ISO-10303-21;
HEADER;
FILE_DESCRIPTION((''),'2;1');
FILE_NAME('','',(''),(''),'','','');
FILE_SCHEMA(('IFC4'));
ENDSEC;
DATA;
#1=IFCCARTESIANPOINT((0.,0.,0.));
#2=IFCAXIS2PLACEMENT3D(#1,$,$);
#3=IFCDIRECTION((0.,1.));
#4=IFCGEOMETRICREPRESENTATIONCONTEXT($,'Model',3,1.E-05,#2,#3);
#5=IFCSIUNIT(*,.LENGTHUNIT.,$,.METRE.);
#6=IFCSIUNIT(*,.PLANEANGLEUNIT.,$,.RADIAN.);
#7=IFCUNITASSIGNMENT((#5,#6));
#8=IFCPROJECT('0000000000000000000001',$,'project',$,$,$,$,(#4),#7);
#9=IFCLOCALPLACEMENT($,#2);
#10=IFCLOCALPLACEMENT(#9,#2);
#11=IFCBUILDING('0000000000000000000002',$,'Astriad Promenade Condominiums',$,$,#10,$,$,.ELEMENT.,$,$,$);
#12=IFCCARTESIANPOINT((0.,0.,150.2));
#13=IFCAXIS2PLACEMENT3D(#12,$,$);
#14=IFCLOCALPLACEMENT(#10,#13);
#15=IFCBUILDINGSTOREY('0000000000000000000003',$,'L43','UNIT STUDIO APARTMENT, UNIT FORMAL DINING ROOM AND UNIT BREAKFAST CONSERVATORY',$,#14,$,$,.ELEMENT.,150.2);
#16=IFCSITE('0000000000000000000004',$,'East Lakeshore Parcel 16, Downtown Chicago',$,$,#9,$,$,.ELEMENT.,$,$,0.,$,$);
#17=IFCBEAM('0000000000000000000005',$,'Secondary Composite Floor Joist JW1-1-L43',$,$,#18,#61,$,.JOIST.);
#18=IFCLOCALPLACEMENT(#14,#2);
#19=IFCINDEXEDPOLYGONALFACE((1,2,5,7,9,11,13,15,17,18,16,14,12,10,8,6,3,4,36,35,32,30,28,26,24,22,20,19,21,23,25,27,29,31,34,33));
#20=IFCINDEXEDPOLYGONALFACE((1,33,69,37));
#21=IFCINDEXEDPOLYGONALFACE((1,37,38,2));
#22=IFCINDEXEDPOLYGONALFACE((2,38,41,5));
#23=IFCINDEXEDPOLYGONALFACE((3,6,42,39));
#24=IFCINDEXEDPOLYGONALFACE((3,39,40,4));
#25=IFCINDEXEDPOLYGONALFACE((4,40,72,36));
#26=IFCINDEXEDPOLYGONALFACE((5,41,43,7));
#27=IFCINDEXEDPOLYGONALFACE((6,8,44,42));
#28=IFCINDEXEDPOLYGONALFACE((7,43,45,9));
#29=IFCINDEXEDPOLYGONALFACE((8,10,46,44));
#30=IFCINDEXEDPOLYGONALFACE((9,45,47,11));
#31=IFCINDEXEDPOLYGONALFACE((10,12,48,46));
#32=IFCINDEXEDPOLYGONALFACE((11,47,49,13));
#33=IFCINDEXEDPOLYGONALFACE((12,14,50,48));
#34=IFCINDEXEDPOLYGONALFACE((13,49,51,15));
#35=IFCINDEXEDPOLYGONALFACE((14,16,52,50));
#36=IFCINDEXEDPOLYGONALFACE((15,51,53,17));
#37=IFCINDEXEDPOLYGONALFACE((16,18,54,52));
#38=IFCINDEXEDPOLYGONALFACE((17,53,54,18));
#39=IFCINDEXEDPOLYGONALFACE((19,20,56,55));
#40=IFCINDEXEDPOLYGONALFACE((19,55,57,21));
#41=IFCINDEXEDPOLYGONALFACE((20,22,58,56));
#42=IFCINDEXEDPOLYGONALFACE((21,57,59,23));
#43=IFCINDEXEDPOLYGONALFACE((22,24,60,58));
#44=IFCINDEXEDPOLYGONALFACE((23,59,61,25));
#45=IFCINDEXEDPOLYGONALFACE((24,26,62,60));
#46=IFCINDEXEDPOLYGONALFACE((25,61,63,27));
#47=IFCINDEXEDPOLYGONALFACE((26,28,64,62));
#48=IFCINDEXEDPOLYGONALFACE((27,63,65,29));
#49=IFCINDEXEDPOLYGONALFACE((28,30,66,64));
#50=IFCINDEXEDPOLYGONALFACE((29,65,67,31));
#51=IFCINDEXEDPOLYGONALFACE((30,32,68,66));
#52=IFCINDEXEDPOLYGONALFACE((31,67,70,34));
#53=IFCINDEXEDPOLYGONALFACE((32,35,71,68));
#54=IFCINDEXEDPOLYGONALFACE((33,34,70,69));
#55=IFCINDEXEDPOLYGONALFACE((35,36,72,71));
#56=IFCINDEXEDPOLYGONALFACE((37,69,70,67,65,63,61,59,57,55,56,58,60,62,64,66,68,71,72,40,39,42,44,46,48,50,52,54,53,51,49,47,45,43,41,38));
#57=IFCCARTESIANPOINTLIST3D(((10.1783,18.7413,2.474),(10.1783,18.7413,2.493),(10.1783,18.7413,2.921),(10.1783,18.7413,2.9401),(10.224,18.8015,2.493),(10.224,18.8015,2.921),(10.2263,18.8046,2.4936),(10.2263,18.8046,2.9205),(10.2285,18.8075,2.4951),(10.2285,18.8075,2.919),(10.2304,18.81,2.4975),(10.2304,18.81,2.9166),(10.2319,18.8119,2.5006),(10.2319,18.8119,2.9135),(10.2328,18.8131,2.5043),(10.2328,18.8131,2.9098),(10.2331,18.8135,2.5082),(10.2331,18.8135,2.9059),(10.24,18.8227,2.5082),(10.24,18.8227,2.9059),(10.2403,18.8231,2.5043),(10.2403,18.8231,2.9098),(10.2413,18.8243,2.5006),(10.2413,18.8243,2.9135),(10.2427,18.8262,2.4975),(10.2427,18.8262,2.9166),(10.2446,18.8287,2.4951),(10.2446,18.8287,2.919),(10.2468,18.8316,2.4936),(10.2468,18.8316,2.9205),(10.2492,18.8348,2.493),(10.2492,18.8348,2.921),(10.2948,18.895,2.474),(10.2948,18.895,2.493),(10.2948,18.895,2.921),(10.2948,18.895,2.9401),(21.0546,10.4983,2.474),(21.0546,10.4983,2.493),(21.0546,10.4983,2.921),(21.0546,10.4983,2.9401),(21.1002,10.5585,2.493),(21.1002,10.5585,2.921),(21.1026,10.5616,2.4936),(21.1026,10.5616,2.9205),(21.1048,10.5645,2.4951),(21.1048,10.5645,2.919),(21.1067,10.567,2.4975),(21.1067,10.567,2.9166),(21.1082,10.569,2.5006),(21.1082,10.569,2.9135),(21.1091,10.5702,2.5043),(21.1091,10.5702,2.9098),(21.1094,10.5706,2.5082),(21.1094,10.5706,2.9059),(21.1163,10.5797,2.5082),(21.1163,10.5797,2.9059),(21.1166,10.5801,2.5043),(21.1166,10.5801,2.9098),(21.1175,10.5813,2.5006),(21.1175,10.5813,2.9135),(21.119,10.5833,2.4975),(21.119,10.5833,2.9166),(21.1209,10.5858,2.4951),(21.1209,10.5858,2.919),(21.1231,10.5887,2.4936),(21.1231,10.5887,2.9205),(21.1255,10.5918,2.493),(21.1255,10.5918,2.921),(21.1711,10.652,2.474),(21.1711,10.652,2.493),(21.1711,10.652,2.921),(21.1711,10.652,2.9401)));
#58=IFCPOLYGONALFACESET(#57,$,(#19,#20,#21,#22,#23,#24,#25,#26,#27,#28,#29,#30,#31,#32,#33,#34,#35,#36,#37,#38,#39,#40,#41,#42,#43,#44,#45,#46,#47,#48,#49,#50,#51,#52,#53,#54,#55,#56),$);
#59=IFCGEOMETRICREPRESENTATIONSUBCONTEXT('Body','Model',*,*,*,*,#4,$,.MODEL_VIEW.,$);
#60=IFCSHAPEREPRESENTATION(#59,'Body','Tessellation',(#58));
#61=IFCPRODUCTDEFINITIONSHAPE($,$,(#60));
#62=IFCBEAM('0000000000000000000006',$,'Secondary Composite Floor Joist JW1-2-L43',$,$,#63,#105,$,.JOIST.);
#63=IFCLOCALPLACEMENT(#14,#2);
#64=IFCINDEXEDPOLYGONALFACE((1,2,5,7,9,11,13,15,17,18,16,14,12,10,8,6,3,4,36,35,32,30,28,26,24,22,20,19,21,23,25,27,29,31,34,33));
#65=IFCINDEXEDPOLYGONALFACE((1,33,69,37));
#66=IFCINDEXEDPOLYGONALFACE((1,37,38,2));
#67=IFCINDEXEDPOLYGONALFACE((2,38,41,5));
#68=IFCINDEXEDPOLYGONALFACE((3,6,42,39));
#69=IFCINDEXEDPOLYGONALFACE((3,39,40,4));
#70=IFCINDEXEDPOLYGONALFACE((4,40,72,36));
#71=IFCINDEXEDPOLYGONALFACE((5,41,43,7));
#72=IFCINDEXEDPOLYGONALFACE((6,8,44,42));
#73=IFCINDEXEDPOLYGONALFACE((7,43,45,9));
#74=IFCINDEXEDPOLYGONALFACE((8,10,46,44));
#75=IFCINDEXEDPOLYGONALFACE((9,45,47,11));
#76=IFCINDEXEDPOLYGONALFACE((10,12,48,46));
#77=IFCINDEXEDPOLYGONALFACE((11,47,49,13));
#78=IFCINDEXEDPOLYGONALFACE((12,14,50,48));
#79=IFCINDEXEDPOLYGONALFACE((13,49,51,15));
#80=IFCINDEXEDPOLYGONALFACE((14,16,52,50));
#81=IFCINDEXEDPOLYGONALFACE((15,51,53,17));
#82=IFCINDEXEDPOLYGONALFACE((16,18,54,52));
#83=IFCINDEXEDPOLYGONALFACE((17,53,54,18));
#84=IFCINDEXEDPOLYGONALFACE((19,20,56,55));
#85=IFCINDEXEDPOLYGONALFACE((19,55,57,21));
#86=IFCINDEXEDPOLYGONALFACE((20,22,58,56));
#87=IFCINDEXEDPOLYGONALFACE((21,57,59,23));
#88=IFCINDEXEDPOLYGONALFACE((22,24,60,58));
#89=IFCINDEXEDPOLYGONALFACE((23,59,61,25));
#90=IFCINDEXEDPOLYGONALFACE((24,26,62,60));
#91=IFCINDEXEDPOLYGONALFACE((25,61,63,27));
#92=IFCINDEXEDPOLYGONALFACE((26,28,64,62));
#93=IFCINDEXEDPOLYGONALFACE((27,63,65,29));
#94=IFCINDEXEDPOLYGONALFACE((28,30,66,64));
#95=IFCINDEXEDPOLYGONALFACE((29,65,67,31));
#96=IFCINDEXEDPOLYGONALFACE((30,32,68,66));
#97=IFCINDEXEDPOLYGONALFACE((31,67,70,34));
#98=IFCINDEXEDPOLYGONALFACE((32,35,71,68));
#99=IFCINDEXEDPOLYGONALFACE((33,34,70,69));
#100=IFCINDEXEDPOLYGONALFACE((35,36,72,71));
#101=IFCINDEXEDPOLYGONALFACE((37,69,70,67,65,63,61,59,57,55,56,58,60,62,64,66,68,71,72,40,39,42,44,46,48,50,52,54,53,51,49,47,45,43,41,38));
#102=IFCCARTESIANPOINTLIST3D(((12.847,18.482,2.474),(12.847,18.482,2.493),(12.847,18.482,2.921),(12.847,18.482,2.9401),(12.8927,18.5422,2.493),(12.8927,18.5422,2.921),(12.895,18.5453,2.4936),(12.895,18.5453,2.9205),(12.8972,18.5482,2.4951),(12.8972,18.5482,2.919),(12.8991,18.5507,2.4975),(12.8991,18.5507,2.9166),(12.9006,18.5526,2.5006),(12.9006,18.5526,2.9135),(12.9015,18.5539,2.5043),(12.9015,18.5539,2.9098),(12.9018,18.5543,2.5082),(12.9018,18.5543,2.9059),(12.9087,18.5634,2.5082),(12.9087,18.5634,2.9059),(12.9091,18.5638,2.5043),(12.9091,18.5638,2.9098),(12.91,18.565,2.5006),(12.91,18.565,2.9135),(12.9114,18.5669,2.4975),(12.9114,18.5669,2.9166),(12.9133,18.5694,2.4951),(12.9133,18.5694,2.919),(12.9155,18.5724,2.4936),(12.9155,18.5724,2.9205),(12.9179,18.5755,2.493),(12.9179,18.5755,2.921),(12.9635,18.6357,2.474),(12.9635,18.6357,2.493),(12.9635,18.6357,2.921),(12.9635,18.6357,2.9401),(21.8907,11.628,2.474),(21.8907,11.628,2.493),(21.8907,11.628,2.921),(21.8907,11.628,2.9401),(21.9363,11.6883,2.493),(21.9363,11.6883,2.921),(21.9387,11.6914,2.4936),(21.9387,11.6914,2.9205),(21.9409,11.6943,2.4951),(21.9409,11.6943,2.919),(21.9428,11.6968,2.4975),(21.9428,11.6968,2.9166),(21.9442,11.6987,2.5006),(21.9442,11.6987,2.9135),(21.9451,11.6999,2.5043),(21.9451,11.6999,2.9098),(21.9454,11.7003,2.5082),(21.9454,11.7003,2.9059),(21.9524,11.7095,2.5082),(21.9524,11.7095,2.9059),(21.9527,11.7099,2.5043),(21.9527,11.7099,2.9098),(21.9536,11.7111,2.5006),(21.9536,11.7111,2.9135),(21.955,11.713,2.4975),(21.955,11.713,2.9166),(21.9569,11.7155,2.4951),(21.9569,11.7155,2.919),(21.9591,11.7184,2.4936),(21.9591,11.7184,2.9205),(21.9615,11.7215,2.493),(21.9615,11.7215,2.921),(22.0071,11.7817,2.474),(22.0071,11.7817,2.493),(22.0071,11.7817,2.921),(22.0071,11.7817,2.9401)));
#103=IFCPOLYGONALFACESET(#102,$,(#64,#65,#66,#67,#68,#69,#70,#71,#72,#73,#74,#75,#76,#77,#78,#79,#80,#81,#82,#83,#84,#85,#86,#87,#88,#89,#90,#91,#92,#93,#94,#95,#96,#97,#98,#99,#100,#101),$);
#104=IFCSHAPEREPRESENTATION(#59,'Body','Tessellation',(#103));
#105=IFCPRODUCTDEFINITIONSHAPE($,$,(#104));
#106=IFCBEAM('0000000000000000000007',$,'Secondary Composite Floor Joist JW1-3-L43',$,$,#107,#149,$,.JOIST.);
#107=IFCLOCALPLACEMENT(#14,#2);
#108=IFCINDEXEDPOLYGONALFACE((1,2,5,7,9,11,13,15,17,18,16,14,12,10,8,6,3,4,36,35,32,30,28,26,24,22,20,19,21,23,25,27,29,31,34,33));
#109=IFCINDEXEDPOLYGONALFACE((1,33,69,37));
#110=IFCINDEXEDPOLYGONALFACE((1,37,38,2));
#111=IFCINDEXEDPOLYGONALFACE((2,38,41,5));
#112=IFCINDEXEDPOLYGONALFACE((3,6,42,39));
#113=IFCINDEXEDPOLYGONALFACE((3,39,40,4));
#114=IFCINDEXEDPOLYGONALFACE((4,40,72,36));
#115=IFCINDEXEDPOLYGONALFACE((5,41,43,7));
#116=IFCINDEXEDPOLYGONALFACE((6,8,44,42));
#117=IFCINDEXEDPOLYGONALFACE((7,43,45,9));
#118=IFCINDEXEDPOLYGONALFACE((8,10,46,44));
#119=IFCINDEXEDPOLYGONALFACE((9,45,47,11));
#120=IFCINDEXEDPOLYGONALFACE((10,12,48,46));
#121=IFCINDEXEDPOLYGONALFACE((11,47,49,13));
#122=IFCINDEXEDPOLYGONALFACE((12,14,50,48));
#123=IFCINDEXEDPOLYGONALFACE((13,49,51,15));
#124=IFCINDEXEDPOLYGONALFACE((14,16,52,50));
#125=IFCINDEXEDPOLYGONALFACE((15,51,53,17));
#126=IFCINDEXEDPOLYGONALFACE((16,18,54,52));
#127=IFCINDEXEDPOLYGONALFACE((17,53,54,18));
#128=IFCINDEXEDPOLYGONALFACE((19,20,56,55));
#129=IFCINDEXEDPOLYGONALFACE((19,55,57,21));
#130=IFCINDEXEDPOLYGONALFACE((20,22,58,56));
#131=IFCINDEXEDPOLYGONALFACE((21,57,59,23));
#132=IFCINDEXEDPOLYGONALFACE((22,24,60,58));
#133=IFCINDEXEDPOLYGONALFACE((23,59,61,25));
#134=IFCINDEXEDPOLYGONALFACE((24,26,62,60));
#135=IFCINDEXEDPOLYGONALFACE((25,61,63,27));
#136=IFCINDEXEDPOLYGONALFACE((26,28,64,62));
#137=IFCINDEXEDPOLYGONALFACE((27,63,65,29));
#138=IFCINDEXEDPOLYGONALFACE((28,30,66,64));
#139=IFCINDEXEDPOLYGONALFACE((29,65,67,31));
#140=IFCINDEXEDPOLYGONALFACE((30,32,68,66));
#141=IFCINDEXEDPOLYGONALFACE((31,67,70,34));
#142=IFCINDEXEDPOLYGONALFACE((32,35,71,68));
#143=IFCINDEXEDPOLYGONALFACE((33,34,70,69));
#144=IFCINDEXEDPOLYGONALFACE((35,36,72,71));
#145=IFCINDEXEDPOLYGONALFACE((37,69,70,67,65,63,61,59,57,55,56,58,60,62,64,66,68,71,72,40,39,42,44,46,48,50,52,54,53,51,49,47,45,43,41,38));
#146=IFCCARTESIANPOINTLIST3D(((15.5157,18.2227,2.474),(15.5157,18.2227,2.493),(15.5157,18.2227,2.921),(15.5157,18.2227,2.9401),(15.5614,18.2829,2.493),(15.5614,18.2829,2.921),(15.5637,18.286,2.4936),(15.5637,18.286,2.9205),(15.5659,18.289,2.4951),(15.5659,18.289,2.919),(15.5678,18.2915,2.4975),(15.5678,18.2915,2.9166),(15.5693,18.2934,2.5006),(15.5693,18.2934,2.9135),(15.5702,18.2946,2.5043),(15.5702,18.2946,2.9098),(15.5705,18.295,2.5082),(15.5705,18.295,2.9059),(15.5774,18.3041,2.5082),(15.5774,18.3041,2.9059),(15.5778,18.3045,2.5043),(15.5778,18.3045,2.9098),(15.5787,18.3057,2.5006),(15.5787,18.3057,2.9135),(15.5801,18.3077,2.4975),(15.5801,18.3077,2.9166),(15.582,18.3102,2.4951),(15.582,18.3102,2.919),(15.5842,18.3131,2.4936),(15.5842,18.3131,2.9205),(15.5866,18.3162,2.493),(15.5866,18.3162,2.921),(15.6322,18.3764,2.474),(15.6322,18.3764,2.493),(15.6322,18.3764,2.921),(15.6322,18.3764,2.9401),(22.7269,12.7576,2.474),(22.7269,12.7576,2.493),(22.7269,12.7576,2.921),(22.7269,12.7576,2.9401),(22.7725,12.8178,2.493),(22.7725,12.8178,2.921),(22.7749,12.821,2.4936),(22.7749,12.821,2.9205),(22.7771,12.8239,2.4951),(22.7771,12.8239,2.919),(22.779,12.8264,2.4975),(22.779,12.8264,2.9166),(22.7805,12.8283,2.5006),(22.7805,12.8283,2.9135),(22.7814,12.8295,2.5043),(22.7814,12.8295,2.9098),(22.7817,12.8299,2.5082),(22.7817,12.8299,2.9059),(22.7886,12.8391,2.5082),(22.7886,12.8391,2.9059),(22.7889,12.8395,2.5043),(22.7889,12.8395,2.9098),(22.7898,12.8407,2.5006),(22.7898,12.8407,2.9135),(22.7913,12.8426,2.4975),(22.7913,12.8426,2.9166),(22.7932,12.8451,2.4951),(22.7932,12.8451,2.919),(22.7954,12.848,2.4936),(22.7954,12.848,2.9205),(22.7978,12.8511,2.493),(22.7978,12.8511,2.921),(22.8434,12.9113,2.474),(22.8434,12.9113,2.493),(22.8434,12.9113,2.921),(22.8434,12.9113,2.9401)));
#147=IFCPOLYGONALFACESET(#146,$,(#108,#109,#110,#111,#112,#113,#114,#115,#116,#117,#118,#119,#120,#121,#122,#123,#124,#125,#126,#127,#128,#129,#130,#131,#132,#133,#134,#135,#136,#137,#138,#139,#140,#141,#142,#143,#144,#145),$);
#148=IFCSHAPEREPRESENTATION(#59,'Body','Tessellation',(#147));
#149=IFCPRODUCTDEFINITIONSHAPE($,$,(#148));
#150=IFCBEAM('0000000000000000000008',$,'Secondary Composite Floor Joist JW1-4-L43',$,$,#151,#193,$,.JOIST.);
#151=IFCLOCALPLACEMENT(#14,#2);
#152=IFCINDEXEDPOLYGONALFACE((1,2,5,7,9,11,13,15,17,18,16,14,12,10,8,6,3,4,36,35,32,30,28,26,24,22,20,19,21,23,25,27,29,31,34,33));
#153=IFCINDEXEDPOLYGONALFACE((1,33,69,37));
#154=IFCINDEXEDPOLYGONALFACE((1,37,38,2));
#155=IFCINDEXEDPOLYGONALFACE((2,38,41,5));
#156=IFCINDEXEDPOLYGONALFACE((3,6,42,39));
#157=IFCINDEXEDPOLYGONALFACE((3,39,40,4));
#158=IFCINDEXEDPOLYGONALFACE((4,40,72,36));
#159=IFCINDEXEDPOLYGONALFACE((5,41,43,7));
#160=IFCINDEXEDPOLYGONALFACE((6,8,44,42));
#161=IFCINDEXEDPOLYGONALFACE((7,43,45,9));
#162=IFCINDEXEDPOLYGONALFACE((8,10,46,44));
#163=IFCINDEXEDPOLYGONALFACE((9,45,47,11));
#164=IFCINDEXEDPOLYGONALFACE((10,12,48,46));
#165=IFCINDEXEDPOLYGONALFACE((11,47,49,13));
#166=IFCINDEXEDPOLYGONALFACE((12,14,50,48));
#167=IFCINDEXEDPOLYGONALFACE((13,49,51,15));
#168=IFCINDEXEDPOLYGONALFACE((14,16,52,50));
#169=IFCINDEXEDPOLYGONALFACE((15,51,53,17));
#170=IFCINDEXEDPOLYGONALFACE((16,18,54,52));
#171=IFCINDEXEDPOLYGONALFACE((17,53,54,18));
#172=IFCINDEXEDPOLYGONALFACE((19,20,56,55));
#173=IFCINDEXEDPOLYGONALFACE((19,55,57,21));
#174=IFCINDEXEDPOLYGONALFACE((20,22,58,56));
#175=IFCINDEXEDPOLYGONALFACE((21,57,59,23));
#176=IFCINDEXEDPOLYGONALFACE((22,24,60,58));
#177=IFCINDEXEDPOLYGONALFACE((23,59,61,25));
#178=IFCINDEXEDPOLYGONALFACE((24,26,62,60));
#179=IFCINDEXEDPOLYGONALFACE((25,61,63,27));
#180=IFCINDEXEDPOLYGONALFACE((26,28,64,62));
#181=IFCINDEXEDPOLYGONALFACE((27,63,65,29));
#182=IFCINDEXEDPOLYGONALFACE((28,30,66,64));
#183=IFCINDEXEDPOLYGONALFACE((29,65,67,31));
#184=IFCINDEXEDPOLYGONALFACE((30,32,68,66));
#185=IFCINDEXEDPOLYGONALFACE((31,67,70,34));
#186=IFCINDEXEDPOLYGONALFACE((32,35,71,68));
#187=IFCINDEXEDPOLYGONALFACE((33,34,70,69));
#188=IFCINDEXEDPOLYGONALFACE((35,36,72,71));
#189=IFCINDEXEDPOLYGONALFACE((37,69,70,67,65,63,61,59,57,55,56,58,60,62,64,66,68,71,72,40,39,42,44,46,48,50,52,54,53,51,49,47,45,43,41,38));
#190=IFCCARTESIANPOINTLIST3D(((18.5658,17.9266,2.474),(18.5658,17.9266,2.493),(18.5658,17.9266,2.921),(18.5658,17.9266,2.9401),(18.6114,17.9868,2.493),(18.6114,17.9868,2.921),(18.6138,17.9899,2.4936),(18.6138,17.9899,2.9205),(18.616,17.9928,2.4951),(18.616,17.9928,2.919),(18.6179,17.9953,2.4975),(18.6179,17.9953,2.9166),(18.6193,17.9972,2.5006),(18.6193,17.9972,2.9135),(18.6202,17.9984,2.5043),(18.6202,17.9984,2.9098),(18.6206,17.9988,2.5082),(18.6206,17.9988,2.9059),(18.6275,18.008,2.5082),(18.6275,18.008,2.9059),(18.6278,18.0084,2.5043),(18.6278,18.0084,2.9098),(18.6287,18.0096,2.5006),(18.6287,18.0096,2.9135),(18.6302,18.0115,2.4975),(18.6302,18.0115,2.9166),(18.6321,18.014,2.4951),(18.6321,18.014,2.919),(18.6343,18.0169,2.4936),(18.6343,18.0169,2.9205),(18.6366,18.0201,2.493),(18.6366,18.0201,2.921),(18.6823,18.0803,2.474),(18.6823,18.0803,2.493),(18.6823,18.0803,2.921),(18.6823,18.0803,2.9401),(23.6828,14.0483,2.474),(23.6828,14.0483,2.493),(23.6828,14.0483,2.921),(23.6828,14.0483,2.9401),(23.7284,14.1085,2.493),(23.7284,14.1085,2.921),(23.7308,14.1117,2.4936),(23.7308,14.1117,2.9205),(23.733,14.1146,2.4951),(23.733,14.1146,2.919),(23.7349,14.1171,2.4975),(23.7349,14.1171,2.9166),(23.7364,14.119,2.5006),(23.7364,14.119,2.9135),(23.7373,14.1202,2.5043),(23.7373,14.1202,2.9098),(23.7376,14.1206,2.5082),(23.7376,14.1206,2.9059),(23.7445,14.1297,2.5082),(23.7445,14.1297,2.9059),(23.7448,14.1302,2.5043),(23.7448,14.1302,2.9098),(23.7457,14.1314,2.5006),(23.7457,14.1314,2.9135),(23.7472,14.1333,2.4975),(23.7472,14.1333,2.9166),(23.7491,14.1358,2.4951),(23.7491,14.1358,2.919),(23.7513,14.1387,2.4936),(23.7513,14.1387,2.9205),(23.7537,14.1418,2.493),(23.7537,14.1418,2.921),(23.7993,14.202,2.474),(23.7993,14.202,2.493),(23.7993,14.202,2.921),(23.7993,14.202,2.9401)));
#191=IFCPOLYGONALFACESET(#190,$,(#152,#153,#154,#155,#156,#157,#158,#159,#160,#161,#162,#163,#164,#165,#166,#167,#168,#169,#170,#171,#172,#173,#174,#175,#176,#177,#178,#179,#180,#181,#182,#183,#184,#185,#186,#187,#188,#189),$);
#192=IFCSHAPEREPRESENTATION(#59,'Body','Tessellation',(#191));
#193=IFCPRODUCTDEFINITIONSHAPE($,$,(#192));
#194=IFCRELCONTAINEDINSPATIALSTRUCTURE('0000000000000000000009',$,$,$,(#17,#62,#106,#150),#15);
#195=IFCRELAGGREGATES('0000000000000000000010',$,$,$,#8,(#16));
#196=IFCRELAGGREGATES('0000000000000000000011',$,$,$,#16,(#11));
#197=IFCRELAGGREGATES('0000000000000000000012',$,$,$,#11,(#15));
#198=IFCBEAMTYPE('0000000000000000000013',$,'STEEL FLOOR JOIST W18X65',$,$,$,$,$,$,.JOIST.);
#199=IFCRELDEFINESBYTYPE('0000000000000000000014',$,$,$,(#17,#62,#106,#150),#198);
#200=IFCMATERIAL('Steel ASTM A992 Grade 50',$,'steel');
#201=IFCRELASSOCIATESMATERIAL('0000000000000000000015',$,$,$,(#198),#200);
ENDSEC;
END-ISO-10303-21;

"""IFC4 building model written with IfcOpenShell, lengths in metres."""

from ifc_helpers import new_model, si_unit, direction, frame, origin, origin_2d, place, context, subcontext, project, spatial, i_section, extrude, source, transform, mapped, material, material_profile, profile_set, type_object, type_shapes, element, save


model = new_model("IFC4")

# Units and contexts
model_context = context("Model", 3, precision=1e-05, world=origin(), true_north=direction((0.0, 1.0)))
body_context = subcontext(model_context, "Body", "Model", "MODEL_VIEW")
ifc_project = project(units=[si_unit("LENGTHUNIT", "METRE"), si_unit("PLANEANGLEUNIT", "RADIAN")], contexts=[model_context])

# Site, building, storey
site_placement = place(None, origin())
site = spatial("IfcSite", under=ifc_project, at=site_placement, Name="East Lakeshore Parcel 16, Downtown Chicago", CompositionType="ELEMENT", RefElevation=0.0)
building_placement = place(site_placement, origin())
building = spatial("IfcBuilding", under=site, at=building_placement, Name="Astriad Promenade Condominiums", CompositionType="ELEMENT")
storey_placement = place(building_placement, frame((0.0, 0.0, 150.2)))
storey = spatial("IfcBuildingStorey", under=building, at=storey_placement, Name="L43", Description="UNIT STUDIO APARTMENT, UNIT FORMAL DINING ROOM AND UNIT BREAKFAST CONSERVATORY", CompositionType="ELEMENT", Elevation=150.2)

# Beams
ifc_material_1 = material(Name="Steel ASTM A992 Grade 50", Category="steel")
ifc_material_profile_1 = material_profile(ifc_material_1, i_section(OverallWidth=0.1929, OverallDepth=0.4661, WebThickness=0.0115, FlangeThickness=0.019, FilletRadius=0.0151, at=origin_2d()), Name="W18X65")
ifc_profile_set_1 = profile_set([ifc_material_profile_1], Name="Steel ASTM A992 Grade 50")
beam_type_1 = type_object("IfcBeamType", Name="STEEL FLOOR JOIST W18X65", PredefinedType="JOIST", material=ifc_profile_set_1)
shared_shape_1 = source(origin(), body_context, "Body", "SweptSolid", [
    extrude(i_section(OverallWidth=0.1929, OverallDepth=0.4661, WebThickness=0.0115, FlangeThickness=0.019, FilletRadius=0.0151, at=origin_2d()), origin(), (0.0, 0.0, 1.0), 13.647),
])
beam_1_placement = place(storey_placement, frame((10.2366, 18.8181, 2.707), z_axis=(0.796974, -0.604014, 0.0), x_axis=(0.604014, 0.796974, 0.0)))
element("IfcBeam", 1, at=beam_1_placement, inside=storey, type_object=beam_type_1, Name="Secondary Composite Floor Joist JW1-1-L43", PredefinedType="JOIST", context=body_context, shape_type="MappedRepresentation", body=[
    mapped(shared_shape_1, transform((0.0, 0.0, 0.0), scale=1.0)),
])
shared_shape_2 = source(origin(), body_context, "Body", "SweptSolid", [
    extrude(i_section(OverallWidth=0.1929, OverallDepth=0.4661, WebThickness=0.0115, FlangeThickness=0.019, FilletRadius=0.0151, at=origin_2d()), origin(), (0.0, 0.0, 1.0), 11.3474),
])
beam_2_placement = place(storey_placement, frame((12.9053, 18.5588, 2.707), z_axis=(0.796977, -0.60401, 0.0), x_axis=(0.60401, 0.796977, 0.0)))
element("IfcBeam", 2, at=beam_2_placement, inside=storey, type_object=beam_type_1, Name="Secondary Composite Floor Joist JW1-2-L43", PredefinedType="JOIST", context=body_context, shape_type="MappedRepresentation", body=[
    mapped(shared_shape_2, transform((0.0, 0.0, 0.0), scale=1.0)),
])
shared_shape_3 = source(origin(), body_context, "Body", "SweptSolid", [
    extrude(i_section(OverallWidth=0.1929, OverallDepth=0.4661, WebThickness=0.0115, FlangeThickness=0.019, FilletRadius=0.0151, at=origin_2d()), origin(), (0.0, 0.0, 1.0), 9.0481),
])
beam_3_placement = place(storey_placement, frame((15.574, 18.2996, 2.707), z_axis=(0.796982, -0.604003, 0.0), x_axis=(0.604003, 0.796982, 0.0)))
element("IfcBeam", 3, at=beam_3_placement, inside=storey, type_object=beam_type_1, Name="Secondary Composite Floor Joist JW1-3-L43", PredefinedType="JOIST", context=body_context, shape_type="MappedRepresentation", body=[
    mapped(shared_shape_3, transform((0.0, 0.0, 0.0), scale=1.0)),
])
shared_shape_4 = source(origin(), body_context, "Body", "SweptSolid", [
    extrude(i_section(OverallWidth=0.1929, OverallDepth=0.4661, WebThickness=0.0115, FlangeThickness=0.019, FilletRadius=0.0151, at=origin_2d()), origin(), (0.0, 0.0, 1.0), 6.4207),
])
type_shapes(beam_type_1, [shared_shape_1, shared_shape_2, shared_shape_3, shared_shape_4])
beam_4_placement = place(storey_placement, frame((18.624, 18.0034, 2.707), z_axis=(0.796965, -0.604026, 0.0), x_axis=(0.604026, 0.796965, 0.0)))
element("IfcBeam", 4, at=beam_4_placement, inside=storey, type_object=beam_type_1, Name="Secondary Composite Floor Joist JW1-4-L43", PredefinedType="JOIST", context=body_context, shape_type="MappedRepresentation", body=[
    mapped(shared_shape_4, transform((0.0, 0.0, 0.0), scale=1.0)),
])

save(model, "model.ifc")
